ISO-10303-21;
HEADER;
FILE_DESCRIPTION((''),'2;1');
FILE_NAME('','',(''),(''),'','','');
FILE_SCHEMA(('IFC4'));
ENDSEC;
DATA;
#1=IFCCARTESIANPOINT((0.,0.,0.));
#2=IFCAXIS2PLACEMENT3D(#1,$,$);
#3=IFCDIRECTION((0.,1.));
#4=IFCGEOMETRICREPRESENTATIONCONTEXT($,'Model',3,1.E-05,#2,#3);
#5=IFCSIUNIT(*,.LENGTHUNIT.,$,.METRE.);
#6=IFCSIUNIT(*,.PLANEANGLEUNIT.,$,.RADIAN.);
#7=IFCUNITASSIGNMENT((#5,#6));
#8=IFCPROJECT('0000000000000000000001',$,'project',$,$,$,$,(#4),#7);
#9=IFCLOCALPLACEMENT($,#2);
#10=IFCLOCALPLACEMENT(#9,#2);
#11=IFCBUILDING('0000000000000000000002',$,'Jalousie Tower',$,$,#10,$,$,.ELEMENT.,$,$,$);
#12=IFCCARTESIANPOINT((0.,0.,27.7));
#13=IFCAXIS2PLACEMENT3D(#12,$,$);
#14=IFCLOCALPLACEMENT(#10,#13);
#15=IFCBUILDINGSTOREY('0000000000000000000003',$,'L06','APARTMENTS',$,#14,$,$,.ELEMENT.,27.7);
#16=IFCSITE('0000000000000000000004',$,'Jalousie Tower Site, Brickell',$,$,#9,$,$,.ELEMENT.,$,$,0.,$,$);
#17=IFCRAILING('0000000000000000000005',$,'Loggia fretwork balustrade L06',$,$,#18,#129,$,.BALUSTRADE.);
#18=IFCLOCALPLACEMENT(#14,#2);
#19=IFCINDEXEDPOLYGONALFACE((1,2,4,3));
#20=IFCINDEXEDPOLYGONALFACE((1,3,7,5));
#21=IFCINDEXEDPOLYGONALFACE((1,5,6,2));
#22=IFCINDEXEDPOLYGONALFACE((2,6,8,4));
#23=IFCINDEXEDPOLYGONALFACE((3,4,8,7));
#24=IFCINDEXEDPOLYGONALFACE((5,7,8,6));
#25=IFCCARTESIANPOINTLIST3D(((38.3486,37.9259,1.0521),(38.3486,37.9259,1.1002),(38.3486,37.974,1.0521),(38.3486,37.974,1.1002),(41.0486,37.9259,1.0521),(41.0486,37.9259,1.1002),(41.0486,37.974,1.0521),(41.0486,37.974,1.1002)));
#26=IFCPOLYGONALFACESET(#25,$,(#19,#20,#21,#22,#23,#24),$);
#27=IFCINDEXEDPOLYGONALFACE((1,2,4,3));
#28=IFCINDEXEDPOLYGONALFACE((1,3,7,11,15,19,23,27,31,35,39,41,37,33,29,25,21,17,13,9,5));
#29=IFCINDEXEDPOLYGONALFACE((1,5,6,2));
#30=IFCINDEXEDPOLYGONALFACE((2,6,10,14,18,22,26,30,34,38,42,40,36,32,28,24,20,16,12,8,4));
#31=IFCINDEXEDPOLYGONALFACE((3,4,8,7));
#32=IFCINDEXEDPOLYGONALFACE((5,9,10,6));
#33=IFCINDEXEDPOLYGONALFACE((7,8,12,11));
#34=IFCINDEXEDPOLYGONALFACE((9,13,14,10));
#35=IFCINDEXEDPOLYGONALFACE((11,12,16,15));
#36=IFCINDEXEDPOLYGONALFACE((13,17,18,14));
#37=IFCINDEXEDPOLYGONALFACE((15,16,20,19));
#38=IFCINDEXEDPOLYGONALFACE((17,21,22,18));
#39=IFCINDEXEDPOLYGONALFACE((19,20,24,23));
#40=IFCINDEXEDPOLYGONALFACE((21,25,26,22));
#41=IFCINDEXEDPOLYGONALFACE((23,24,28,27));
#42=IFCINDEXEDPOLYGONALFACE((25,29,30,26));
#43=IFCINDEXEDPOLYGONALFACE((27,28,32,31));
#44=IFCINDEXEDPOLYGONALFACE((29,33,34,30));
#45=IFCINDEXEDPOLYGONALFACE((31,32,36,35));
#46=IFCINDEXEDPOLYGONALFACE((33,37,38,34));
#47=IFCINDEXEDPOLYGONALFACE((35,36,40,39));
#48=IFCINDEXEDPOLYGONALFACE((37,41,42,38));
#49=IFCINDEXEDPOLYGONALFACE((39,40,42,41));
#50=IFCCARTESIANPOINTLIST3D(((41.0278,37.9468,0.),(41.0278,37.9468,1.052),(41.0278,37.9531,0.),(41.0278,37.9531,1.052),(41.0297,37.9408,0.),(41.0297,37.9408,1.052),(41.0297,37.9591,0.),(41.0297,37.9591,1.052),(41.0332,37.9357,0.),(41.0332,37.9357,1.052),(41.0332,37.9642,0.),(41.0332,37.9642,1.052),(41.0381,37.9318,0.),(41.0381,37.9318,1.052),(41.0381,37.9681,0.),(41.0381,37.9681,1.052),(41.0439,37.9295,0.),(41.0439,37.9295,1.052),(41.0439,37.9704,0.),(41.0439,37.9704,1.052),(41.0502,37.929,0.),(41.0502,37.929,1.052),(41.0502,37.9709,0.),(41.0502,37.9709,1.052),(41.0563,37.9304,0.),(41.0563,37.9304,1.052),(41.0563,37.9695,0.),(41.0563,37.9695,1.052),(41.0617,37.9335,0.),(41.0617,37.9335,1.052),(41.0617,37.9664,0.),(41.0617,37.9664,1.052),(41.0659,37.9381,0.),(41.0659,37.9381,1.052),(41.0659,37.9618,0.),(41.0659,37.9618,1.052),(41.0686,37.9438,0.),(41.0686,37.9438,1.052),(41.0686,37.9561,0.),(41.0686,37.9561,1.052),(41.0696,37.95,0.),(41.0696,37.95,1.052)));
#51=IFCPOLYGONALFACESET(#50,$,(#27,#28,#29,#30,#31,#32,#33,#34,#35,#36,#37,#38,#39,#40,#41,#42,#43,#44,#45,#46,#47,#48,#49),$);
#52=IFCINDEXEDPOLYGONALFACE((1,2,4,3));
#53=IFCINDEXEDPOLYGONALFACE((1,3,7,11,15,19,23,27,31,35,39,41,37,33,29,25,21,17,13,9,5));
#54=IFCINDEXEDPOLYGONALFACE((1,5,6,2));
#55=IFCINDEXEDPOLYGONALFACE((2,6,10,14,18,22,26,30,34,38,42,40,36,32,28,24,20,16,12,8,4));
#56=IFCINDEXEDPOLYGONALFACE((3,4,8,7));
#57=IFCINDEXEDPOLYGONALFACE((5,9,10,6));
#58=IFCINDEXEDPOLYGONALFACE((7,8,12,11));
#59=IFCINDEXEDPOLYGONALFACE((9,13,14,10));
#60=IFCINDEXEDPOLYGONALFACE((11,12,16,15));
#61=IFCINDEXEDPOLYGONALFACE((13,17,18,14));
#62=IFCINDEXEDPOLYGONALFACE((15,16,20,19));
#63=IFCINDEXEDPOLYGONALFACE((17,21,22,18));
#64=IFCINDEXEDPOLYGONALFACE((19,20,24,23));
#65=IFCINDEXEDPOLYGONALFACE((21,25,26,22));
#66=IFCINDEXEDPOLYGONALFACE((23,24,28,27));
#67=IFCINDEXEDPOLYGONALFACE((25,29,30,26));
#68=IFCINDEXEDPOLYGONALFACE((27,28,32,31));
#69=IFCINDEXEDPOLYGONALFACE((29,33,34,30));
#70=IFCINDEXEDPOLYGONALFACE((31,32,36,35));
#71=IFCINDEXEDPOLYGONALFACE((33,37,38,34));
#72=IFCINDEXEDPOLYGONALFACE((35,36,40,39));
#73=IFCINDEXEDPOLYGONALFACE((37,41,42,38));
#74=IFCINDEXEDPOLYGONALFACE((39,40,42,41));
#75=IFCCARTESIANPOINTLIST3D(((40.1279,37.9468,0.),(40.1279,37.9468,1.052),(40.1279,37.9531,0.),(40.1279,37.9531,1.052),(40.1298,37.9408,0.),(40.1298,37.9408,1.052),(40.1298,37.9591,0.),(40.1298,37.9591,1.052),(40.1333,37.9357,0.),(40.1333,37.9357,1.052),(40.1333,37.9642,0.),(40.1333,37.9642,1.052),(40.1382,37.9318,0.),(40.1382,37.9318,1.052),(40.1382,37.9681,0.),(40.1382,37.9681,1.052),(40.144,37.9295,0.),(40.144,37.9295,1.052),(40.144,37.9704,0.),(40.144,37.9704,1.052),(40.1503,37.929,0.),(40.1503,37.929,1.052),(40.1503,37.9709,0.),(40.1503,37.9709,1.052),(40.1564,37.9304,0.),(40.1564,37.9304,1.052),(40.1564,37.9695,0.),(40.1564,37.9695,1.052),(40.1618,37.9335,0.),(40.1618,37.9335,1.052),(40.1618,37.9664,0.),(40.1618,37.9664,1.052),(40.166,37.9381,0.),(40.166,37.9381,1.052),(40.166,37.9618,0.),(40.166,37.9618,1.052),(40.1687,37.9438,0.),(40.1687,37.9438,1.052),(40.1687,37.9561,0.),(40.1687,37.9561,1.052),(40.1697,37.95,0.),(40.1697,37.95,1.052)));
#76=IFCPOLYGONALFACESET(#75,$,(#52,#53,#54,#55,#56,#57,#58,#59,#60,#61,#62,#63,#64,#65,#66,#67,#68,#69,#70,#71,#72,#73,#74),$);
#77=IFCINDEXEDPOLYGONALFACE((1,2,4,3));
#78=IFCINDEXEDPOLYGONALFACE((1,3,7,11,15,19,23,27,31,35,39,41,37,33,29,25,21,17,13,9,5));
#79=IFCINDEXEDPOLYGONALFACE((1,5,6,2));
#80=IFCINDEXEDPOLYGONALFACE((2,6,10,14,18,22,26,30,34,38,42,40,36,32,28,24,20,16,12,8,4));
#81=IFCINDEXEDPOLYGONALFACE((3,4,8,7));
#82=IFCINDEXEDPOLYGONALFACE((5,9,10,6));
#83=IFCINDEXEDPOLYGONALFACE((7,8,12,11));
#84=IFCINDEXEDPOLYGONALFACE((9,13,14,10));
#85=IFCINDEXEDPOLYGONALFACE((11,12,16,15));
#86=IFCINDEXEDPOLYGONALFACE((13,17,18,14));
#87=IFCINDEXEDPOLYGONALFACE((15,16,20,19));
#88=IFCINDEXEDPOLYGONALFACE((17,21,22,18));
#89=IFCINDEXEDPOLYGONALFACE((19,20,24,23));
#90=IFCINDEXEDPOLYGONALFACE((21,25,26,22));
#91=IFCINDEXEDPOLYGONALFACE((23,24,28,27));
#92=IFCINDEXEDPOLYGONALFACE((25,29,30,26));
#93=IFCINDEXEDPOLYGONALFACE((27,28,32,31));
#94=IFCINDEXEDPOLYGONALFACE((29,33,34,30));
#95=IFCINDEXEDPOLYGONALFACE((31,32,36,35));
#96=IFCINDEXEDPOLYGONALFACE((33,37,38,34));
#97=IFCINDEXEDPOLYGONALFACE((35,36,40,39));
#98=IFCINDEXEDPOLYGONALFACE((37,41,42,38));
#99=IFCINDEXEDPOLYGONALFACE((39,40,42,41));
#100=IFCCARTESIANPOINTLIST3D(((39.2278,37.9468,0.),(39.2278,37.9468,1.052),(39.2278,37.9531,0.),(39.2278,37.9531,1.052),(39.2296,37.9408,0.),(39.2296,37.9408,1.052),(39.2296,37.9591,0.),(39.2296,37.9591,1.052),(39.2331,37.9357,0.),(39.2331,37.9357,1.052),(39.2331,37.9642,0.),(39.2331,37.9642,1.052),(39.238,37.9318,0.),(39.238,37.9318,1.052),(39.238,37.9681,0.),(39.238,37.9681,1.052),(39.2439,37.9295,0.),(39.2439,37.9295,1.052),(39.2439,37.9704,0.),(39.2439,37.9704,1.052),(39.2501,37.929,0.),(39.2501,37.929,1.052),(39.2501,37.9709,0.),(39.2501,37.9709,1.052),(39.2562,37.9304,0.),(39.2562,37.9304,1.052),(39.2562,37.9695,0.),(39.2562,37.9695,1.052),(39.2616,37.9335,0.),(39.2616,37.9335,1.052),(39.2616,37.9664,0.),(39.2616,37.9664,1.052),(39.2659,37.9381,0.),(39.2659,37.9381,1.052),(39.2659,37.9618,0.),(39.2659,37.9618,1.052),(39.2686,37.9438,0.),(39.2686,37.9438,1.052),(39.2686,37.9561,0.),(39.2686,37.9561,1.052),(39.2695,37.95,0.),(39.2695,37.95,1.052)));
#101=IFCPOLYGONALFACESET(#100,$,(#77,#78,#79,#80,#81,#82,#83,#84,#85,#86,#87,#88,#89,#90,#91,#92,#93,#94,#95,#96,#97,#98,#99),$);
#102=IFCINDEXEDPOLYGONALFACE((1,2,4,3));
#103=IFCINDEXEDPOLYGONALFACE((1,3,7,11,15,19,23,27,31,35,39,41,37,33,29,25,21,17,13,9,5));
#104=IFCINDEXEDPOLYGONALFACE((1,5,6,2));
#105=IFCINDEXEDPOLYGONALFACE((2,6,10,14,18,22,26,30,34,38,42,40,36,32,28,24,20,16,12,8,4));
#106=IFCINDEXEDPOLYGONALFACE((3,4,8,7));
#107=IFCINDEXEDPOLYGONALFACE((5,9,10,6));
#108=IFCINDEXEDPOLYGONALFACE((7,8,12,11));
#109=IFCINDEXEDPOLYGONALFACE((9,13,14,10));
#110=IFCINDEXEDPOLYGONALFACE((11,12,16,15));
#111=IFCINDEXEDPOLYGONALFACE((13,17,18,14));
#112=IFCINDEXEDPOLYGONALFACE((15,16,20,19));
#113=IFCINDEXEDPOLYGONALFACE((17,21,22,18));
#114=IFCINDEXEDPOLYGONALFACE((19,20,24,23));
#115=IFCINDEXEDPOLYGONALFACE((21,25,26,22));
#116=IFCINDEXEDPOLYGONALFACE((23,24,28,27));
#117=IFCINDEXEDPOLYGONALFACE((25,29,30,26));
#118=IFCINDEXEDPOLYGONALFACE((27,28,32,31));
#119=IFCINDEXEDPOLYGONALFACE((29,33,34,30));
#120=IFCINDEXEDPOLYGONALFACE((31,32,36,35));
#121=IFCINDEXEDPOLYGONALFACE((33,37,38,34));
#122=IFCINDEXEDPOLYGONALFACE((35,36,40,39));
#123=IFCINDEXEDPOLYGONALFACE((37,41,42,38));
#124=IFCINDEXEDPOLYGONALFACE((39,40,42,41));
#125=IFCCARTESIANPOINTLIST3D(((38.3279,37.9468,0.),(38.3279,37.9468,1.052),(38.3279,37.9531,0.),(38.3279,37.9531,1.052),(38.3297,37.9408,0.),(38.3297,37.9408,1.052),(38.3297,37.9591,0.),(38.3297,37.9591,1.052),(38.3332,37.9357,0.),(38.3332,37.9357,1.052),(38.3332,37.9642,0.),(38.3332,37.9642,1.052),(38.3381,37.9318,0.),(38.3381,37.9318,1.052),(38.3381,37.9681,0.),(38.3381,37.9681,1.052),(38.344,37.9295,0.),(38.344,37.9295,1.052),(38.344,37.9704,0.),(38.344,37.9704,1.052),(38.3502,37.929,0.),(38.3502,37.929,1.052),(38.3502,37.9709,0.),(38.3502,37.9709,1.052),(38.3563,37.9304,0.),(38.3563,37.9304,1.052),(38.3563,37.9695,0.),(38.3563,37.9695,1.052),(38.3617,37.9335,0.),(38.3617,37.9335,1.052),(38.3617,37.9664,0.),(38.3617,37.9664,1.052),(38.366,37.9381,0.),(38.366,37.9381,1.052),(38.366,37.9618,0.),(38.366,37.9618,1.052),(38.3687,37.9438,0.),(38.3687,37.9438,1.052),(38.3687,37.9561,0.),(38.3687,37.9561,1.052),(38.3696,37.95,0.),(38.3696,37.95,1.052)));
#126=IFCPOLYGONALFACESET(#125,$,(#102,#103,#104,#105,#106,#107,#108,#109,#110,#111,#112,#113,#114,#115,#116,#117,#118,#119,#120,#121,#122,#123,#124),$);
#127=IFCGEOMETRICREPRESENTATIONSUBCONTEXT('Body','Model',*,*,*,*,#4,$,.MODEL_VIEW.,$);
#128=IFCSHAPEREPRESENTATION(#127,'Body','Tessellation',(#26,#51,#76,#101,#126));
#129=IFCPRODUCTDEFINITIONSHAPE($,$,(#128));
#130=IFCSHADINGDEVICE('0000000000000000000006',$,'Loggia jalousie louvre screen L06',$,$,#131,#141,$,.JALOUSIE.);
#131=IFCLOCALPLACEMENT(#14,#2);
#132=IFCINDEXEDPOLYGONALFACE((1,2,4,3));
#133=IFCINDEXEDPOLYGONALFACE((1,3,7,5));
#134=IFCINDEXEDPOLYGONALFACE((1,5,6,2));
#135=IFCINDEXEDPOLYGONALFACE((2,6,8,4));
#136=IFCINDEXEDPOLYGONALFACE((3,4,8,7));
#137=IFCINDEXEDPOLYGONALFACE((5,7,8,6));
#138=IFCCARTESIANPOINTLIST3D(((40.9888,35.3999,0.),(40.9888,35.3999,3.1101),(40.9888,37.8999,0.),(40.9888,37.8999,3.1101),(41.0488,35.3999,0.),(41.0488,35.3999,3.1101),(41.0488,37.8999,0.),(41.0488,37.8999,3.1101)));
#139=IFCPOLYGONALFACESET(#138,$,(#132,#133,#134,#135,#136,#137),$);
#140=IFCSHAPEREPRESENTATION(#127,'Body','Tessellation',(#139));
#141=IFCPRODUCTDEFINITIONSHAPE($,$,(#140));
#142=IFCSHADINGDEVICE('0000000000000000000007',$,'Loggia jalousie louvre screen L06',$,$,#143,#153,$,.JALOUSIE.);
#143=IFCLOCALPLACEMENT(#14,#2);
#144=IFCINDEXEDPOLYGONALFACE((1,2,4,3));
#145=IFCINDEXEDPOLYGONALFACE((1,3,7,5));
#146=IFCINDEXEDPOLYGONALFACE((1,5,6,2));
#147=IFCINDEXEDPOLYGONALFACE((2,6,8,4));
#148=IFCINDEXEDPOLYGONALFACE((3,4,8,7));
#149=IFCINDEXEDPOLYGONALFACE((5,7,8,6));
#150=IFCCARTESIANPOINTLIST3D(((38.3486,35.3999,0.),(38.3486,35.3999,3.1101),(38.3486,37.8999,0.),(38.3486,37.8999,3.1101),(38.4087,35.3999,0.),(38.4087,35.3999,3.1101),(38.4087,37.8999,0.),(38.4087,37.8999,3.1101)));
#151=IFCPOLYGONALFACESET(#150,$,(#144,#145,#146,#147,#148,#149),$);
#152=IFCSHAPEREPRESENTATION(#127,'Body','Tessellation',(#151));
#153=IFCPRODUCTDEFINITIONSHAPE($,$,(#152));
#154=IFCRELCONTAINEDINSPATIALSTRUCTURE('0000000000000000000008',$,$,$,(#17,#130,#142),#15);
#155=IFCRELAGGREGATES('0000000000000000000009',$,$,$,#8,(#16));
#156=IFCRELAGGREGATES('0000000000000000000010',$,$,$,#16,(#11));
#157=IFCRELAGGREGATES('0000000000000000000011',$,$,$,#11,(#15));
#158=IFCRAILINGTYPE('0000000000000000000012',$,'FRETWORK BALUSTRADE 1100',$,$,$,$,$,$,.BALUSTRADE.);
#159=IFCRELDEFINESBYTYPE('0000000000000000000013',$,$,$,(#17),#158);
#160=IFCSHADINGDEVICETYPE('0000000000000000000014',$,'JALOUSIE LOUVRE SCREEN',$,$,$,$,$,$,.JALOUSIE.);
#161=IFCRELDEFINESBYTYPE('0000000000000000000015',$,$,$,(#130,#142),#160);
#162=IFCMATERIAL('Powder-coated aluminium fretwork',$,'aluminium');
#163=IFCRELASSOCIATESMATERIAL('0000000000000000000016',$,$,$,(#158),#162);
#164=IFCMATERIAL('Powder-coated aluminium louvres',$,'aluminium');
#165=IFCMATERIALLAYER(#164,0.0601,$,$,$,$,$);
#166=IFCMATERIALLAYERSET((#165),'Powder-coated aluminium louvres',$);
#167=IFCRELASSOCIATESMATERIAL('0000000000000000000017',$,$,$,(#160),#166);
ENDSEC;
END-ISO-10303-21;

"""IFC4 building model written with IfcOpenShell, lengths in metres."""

from ifc_helpers import new_model, si_unit, direction, frame, origin, origin_2d, place, context, subcontext, project, spatial, rectangle, circle, extrude, material, layer, layer_set, type_object, element, save


model = new_model("IFC4")

# Units and contexts
model_context = context("Model", 3, precision=1e-05, world=origin(), true_north=direction((0.0, 1.0)))
body_context = subcontext(model_context, "Body", "Model", "MODEL_VIEW")
ifc_project = project(units=[si_unit("LENGTHUNIT", "METRE"), si_unit("PLANEANGLEUNIT", "RADIAN")], contexts=[model_context])

# Site, building, storey
site_placement = place(None, origin())
site = spatial("IfcSite", under=ifc_project, at=site_placement, Name="Jalousie Tower Site, Brickell", CompositionType="ELEMENT", RefElevation=0.0)
building_placement = place(site_placement, origin())
building = spatial("IfcBuilding", under=site, at=building_placement, Name="Jalousie Tower", CompositionType="ELEMENT")
storey_placement = place(building_placement, frame((0.0, 0.0, 27.7)))
storey = spatial("IfcBuildingStorey", under=building, at=storey_placement, Name="L06", Description="APARTMENTS", CompositionType="ELEMENT", Elevation=27.7)

# Railing
ifc_material_1 = material(Name="Powder-coated aluminium fretwork", Category="aluminium")
railing_type = type_object("IfcRailingType", Name="FRETWORK BALUSTRADE 1100", PredefinedType="BALUSTRADE", material=ifc_material_1)
railing_placement = place(storey_placement, frame((41.0486, 37.95, 0.0)))
element("IfcRailing", 1, at=railing_placement, inside=storey, type_object=railing_type, Name="Loggia fretwork balustrade L06", PredefinedType="BALUSTRADE", context=body_context, shape_type="SweptSolid", body=[
    extrude(rectangle(XDim=0.0481, YDim=0.0481, at=origin_2d()), frame((0.0, 0.0, 1.0762), z_axis=(-1.0, 0.0, 0.0), x_axis=(0.0, -1.0, 0.0)), (0.0, 0.0, 1.0), 2.7),
    extrude(circle(Radius=0.021, at=origin_2d()), origin(), (0.0, 0.0, 1.0), 1.052),
    extrude(circle(Radius=0.021, at=origin_2d()), frame((-0.8999, 0.0, 0.0)), (0.0, 0.0, 1.0), 1.052),
    extrude(circle(Radius=0.021, at=origin_2d()), frame((-1.8, 0.0, 0.0)), (0.0, 0.0, 1.0), 1.052),
    extrude(circle(Radius=0.021, at=origin_2d()), frame((-2.7, 0.0, 0.0)), (0.0, 0.0, 1.0), 1.052),
])

# Shading devices
ifc_material_2 = material(Name="Powder-coated aluminium louvres", Category="aluminium")
ifc_layer_1 = layer(ifc_material_2, 0.0601)
ifc_layer_set_1 = layer_set([ifc_layer_1], Name="Powder-coated aluminium louvres")
shading_device_type_1 = type_object("IfcShadingDeviceType", Name="JALOUSIE LOUVRE SCREEN", PredefinedType="JALOUSIE", material=ifc_layer_set_1)
for number, where, z_axis, x_axis, name in (
    (2, (41.0188, 36.6499, 0.0), (0.0, 0.0, 1.0), (-1.0, 0.0, 0.0), "Loggia jalousie louvre screen L06"),
    (3, (38.3787, 36.6499, 0.0), (0.0, 0.0, 1.0), (-1.0, 0.0, 0.0), "Loggia jalousie louvre screen L06"),
):
    element("IfcShadingDevice", number, at=place(storey_placement, frame(where, z_axis=z_axis, x_axis=x_axis)), inside=storey, type_object=shading_device_type_1, Name=name, PredefinedType="JALOUSIE", context=body_context, shape_type="SweptSolid", body=[
        extrude(rectangle(XDim=0.0601, YDim=2.5, at=origin_2d()), origin(), (0.0, 0.0, 1.0), 3.1101),
    ])

save(model, "model.ifc")
